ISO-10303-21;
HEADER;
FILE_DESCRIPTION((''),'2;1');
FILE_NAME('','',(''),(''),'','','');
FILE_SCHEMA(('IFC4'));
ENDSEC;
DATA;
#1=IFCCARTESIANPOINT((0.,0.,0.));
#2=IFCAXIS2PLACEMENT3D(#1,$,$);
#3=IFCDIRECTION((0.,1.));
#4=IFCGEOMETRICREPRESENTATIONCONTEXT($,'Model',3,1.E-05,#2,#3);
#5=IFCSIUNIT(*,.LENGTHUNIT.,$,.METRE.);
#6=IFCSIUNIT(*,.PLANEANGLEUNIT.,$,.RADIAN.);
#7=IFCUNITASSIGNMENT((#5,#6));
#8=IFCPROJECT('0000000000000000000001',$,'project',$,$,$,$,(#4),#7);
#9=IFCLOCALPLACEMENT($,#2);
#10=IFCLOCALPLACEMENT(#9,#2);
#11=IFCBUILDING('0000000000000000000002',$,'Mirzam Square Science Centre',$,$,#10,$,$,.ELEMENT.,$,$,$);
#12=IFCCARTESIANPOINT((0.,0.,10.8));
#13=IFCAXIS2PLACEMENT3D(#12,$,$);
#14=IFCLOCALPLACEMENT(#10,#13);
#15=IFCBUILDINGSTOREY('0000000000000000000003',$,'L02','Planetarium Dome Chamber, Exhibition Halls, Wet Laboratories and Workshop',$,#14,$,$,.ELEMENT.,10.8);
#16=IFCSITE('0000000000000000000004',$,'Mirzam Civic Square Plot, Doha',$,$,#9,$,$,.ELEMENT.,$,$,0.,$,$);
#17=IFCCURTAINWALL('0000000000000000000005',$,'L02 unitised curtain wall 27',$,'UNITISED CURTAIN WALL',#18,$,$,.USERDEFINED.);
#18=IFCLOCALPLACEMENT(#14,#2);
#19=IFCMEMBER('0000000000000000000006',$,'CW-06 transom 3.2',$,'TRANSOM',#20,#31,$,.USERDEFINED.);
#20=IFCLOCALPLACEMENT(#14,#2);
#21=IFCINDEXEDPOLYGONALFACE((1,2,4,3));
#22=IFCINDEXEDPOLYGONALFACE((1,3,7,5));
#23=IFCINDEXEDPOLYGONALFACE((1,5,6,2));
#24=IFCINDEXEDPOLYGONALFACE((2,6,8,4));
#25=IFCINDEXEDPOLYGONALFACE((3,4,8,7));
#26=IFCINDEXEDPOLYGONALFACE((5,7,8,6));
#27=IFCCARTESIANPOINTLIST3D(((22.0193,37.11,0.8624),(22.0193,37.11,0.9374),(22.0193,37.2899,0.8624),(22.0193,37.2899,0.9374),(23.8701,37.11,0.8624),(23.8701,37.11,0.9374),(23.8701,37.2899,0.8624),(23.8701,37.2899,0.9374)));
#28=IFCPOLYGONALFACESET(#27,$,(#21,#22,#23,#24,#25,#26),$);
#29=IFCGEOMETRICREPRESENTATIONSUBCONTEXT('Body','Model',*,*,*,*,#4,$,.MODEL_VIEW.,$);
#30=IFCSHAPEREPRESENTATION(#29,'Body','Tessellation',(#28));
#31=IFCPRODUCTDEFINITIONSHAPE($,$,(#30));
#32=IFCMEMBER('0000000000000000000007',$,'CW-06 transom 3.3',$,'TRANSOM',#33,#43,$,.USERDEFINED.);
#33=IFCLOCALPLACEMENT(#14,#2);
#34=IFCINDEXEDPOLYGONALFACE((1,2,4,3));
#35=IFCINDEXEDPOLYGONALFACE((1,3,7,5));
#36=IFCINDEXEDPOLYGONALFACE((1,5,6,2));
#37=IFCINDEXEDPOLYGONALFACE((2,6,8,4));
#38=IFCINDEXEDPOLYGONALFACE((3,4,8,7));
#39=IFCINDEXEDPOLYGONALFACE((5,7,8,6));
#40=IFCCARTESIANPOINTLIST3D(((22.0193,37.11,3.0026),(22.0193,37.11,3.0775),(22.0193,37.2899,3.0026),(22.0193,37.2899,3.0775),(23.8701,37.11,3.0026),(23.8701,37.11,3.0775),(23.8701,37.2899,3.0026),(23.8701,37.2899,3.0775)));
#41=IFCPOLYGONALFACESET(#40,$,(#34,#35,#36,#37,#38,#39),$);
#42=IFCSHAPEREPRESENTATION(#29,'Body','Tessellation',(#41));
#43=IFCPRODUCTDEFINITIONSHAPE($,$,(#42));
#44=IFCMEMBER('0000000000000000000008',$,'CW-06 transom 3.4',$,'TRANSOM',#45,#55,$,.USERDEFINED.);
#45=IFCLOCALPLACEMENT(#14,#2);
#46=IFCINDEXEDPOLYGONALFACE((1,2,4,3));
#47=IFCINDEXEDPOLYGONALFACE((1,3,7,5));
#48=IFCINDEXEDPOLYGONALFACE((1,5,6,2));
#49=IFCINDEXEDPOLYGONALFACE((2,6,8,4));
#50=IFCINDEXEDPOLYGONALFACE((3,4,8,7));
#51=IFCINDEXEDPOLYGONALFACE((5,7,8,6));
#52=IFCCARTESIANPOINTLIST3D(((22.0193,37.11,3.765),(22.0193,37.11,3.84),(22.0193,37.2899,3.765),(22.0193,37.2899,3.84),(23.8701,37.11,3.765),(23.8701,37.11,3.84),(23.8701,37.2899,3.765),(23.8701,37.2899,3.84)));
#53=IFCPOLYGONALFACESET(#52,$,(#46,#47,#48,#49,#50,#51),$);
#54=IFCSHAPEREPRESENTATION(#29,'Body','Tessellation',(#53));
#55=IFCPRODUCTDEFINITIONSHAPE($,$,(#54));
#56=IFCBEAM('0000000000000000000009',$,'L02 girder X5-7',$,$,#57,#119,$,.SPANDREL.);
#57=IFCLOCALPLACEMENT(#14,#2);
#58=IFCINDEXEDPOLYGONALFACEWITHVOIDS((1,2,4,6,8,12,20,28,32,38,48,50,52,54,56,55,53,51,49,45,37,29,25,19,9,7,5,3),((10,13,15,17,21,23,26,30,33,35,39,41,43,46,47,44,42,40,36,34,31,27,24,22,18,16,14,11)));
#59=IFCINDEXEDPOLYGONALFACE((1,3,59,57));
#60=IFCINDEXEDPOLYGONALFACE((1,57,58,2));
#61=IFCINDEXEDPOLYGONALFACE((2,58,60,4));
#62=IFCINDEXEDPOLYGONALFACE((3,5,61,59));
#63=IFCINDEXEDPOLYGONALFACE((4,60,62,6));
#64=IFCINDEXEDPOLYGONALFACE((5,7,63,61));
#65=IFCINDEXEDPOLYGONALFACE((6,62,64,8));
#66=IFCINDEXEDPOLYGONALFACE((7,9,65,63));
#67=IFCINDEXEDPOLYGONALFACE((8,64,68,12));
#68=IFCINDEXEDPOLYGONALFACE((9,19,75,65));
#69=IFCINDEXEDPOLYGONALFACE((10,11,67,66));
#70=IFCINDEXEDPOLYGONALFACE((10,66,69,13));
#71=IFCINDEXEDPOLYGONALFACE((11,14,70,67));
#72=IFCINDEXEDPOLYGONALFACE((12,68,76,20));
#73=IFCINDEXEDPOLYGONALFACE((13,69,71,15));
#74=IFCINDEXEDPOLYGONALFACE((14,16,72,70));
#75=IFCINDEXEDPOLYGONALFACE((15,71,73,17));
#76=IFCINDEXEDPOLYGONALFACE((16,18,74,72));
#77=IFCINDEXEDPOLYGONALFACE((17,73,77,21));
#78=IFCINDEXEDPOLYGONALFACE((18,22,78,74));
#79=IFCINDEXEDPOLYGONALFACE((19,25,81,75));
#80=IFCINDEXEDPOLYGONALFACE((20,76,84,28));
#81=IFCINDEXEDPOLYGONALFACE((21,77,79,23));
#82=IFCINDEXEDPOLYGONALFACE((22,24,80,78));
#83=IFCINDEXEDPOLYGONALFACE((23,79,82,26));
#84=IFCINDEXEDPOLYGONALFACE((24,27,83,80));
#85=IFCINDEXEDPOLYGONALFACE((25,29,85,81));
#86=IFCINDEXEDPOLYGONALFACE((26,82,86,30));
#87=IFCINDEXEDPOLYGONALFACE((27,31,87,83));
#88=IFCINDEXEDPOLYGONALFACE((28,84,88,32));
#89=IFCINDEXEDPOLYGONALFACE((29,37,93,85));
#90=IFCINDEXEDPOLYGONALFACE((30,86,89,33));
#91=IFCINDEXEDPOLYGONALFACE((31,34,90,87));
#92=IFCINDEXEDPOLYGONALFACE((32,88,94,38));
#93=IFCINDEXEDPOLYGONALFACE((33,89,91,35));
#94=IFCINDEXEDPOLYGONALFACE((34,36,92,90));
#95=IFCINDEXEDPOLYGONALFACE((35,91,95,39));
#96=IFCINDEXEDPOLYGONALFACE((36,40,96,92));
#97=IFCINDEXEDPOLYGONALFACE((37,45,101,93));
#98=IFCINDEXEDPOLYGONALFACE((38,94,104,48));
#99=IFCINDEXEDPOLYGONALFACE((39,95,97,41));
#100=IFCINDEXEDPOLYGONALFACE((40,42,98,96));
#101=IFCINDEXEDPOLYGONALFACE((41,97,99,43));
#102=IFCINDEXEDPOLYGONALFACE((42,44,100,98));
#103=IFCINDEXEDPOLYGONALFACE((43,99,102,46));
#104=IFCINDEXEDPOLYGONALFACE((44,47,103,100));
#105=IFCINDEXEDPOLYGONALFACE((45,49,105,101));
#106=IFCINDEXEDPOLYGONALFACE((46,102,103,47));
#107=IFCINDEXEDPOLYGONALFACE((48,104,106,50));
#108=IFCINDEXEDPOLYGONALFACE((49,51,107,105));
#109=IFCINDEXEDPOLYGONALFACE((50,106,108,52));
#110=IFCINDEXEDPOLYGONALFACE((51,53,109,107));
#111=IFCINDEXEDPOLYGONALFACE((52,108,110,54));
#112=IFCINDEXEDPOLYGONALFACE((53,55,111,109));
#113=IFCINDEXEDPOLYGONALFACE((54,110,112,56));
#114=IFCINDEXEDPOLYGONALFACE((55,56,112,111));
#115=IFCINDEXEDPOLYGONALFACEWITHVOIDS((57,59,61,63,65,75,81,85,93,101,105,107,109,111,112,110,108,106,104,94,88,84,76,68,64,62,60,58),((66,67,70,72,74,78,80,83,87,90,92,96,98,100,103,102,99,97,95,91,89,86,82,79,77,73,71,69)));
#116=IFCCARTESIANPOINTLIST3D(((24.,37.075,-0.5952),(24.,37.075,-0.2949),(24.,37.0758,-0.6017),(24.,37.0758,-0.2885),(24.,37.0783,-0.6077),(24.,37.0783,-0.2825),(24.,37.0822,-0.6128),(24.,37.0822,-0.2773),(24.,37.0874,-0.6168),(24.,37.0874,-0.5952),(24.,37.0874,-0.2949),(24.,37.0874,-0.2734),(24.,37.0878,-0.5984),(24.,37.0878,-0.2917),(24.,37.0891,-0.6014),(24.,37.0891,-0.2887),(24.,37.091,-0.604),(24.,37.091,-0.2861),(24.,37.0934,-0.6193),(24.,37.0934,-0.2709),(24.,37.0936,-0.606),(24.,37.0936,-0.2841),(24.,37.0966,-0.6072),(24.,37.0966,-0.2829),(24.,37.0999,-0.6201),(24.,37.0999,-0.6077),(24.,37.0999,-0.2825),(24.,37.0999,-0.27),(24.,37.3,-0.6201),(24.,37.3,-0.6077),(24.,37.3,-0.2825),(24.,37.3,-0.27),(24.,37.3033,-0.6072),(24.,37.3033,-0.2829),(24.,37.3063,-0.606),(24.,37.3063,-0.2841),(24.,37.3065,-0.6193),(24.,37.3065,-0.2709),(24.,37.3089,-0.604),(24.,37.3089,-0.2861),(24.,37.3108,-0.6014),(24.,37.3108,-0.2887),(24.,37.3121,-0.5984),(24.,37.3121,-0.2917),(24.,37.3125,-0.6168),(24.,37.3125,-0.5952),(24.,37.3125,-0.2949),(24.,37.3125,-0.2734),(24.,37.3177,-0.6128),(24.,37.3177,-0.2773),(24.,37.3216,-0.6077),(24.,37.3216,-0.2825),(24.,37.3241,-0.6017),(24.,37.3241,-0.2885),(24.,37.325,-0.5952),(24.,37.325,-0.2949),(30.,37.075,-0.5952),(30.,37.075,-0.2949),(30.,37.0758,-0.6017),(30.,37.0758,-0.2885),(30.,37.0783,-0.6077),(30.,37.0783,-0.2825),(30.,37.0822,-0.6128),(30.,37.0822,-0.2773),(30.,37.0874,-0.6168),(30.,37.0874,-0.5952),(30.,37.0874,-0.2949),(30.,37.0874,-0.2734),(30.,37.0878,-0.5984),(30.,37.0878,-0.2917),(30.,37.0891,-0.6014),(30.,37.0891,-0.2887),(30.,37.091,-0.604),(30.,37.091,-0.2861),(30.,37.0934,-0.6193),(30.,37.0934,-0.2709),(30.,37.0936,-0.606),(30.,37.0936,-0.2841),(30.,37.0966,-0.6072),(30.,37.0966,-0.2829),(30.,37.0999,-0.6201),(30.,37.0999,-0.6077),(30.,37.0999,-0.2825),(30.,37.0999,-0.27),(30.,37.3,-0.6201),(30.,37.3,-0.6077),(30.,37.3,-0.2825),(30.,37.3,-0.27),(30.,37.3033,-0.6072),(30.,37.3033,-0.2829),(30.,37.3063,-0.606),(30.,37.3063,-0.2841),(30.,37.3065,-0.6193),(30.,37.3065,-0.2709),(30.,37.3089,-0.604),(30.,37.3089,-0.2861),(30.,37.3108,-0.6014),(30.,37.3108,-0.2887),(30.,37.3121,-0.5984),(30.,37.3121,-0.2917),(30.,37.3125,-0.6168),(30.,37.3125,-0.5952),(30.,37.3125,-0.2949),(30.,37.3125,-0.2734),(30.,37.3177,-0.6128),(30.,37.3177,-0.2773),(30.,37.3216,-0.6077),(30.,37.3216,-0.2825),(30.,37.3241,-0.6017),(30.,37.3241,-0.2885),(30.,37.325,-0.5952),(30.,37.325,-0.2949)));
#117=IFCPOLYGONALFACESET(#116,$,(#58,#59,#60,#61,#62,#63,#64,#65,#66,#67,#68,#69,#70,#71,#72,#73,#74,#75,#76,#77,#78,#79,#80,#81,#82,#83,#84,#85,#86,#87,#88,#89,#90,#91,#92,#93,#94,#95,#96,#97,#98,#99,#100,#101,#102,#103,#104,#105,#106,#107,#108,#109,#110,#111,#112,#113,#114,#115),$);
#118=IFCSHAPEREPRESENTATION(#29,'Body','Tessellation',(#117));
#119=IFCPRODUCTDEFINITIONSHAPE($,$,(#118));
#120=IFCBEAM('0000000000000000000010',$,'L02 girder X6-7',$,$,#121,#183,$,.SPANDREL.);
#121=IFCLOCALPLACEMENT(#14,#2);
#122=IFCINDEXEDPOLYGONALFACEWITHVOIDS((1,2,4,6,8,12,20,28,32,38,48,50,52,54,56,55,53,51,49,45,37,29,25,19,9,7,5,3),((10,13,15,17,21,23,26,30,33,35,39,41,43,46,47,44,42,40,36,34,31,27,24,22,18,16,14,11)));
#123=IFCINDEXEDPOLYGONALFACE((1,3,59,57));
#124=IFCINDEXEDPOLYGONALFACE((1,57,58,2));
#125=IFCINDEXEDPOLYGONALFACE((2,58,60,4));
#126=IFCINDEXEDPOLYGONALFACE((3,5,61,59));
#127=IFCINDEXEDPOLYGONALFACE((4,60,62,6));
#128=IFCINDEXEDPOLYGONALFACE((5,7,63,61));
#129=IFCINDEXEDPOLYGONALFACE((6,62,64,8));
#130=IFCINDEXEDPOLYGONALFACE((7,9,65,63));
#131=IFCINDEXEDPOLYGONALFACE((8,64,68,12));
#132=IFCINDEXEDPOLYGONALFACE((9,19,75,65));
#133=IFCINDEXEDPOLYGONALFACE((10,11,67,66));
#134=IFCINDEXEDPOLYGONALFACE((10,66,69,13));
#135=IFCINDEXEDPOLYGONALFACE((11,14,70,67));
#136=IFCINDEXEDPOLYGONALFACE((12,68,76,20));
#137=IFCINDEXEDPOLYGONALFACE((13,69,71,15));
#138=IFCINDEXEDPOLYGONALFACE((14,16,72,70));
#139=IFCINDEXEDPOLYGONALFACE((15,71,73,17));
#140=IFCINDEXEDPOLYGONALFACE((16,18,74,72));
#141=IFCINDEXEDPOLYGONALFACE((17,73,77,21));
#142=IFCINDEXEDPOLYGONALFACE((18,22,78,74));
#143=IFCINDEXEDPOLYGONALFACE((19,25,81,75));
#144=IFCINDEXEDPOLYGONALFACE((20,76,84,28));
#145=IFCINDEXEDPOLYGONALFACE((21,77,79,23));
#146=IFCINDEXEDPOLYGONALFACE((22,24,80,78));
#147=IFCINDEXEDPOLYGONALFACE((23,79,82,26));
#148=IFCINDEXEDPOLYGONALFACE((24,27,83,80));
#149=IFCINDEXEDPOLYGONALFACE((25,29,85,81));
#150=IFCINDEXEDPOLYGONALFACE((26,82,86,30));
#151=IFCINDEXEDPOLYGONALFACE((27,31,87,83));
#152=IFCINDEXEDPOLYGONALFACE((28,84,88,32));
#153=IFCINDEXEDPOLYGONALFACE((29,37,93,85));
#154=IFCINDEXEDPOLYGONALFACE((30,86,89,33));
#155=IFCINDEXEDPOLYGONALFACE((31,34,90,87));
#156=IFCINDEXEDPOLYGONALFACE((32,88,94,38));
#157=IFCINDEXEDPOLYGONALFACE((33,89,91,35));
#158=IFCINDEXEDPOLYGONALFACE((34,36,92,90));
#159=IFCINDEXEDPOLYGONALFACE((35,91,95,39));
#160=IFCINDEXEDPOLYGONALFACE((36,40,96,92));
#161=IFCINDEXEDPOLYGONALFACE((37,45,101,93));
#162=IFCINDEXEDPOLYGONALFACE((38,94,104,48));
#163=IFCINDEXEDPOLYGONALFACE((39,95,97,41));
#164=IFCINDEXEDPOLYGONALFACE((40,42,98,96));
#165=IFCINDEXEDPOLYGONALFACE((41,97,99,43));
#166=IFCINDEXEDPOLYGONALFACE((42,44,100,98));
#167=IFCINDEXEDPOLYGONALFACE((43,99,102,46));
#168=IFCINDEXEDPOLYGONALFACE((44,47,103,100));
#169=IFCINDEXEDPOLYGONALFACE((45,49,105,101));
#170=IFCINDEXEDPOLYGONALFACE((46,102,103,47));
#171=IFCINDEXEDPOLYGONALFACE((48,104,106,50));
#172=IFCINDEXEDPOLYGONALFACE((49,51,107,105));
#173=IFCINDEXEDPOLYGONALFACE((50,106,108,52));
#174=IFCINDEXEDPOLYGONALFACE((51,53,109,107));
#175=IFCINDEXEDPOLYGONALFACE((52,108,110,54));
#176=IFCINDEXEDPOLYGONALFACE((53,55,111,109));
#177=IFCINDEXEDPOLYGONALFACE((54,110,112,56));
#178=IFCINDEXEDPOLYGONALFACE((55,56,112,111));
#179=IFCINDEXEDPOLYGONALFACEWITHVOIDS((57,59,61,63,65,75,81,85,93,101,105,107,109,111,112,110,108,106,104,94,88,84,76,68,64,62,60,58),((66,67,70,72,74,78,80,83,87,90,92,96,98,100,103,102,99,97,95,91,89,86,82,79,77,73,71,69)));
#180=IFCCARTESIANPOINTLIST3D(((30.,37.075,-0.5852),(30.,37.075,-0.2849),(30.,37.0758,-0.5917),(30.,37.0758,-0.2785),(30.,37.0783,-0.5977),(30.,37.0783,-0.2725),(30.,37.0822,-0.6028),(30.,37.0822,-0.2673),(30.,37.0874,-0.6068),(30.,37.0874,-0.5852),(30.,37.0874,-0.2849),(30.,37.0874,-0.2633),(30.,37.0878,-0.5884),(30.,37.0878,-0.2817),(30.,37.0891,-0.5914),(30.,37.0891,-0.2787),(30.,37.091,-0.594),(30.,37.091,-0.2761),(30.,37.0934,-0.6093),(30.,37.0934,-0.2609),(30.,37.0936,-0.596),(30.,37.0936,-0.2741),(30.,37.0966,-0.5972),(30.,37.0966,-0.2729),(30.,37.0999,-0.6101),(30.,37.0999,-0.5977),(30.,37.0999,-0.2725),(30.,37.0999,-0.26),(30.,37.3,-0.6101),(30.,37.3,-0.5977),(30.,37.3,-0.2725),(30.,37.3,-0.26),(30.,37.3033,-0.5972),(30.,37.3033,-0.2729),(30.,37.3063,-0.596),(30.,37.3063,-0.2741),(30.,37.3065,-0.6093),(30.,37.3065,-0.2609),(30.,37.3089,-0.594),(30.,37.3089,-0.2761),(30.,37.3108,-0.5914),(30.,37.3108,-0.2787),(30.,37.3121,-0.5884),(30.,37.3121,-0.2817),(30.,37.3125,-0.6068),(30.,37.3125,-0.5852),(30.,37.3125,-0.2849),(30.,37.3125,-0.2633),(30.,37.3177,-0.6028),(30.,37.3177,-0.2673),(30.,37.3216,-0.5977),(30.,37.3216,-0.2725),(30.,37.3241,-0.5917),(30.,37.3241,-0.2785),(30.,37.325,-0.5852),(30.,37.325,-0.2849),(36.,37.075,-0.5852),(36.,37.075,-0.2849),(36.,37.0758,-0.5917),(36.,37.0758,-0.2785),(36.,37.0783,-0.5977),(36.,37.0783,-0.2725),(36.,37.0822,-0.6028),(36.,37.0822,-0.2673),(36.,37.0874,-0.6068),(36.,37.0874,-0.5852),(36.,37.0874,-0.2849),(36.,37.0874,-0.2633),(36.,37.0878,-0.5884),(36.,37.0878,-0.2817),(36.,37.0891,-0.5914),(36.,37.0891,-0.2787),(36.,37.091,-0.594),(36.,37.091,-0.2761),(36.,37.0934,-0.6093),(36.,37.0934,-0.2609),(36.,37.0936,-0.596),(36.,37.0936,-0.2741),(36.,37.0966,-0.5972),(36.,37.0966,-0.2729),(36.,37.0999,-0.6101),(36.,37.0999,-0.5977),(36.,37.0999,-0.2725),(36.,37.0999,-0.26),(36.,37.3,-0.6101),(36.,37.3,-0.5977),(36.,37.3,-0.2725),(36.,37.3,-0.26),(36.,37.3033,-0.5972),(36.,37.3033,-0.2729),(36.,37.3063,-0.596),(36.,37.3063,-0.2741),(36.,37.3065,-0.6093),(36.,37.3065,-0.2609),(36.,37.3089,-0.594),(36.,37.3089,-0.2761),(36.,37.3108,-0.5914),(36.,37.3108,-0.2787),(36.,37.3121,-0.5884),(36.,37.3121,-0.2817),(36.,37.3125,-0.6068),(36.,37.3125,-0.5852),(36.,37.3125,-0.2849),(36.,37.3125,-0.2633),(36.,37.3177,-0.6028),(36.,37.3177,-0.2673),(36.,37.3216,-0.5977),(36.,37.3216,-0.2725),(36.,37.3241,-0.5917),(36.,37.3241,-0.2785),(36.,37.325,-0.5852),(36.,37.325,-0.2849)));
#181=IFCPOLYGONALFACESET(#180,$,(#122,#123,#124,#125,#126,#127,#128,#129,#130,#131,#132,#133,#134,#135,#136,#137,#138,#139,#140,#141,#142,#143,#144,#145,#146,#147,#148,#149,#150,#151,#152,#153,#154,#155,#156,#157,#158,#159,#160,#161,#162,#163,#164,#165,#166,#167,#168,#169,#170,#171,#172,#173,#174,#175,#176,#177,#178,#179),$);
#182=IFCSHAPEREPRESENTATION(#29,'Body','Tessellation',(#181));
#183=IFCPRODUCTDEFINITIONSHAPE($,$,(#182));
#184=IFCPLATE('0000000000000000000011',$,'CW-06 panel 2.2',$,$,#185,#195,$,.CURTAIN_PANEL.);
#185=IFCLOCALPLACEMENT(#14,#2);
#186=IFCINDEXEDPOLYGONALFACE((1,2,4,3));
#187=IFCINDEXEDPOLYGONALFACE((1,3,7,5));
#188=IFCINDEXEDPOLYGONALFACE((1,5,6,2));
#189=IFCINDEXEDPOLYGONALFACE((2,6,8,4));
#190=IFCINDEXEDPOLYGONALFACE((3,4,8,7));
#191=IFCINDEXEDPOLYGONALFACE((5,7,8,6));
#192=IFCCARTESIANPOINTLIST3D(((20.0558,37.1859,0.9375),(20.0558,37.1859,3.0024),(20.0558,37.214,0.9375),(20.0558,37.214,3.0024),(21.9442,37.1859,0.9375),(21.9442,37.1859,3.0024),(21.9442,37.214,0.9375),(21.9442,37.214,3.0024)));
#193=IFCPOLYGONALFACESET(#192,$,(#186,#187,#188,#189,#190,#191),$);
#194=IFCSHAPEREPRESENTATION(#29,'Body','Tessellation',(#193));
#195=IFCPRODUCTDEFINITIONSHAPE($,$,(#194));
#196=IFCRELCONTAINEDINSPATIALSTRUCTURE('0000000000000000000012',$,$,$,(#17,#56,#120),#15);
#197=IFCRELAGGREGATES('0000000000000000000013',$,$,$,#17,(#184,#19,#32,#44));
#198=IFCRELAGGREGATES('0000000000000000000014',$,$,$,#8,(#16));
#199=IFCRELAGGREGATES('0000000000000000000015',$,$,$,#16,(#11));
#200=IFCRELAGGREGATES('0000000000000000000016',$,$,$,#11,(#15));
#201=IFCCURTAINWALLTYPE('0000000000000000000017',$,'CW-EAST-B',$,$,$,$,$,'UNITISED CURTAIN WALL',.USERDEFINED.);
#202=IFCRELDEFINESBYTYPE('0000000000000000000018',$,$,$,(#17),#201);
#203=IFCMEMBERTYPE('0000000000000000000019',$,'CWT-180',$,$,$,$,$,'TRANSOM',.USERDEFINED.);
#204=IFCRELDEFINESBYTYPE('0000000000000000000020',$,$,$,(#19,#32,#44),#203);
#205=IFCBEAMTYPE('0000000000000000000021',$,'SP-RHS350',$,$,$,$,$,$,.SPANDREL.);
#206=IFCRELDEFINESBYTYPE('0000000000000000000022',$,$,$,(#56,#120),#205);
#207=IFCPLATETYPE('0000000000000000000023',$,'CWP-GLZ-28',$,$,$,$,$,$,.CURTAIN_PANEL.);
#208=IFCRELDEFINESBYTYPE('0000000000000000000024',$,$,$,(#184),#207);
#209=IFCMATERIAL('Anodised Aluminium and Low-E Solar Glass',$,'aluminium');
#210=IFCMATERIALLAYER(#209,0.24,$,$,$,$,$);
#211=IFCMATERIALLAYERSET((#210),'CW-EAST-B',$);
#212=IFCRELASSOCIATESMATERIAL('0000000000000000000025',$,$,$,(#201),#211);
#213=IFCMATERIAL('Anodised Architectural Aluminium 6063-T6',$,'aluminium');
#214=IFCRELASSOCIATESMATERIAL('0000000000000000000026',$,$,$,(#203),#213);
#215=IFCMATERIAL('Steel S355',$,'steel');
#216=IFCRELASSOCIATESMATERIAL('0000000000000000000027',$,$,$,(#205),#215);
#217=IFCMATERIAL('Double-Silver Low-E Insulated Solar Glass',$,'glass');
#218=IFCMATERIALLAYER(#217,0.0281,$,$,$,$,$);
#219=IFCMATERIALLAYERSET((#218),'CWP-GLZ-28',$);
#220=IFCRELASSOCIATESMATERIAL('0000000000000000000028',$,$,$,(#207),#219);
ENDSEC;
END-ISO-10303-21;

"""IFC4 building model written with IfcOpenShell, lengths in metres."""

from ifc_helpers import new_model, si_unit, direction, frame, origin, origin_2d, place, context, subcontext, project, spatial, rectangle, hollow_rectangle, extrude, material, layer, layer_set, material_profile, profile_set, type_object, element, aggregate, save


model = new_model("IFC4")

# Units and contexts
model_context = context("Model", 3, precision=1e-05, world=origin(), true_north=direction((0.0, 1.0)))
body_context = subcontext(model_context, "Body", "Model", "MODEL_VIEW")
ifc_project = project(units=[si_unit("LENGTHUNIT", "METRE"), si_unit("PLANEANGLEUNIT", "RADIAN")], contexts=[model_context])

# Site, building, storey
site_placement = place(None, origin())
site = spatial("IfcSite", under=ifc_project, at=site_placement, Name="Mirzam Civic Square Plot, Doha", CompositionType="ELEMENT", RefElevation=0.0)
building_placement = place(site_placement, origin())
building = spatial("IfcBuilding", under=site, at=building_placement, Name="Mirzam Square Science Centre", CompositionType="ELEMENT")
storey_placement = place(building_placement, frame((0.0, 0.0, 10.8)))
storey = spatial("IfcBuildingStorey", under=building, at=storey_placement, Name="L02", Description="Planetarium Dome Chamber, Exhibition Halls, Wet Laboratories and Workshop", CompositionType="ELEMENT", Elevation=10.8)

# Shared definitions
ifc_material_1 = material(Name="Steel S355", Category="steel")

# Curtain wall
ifc_material_2 = material(Name="Anodised Aluminium and Low-E Solar Glass", Category="aluminium")
ifc_material_3 = material(Name="Anodised Architectural Aluminium 6063-T6", Category="aluminium")
ifc_layer_1 = layer(ifc_material_2, 0.24)
ifc_layer_set_1 = layer_set([ifc_layer_1], Name="CW-EAST-B")
curtain_wall_type_1 = type_object("IfcCurtainWallType", Name="CW-EAST-B", ElementType="UNITISED CURTAIN WALL", PredefinedType="USERDEFINED", material=ifc_layer_set_1)
curtain_wall_1_placement = place(storey_placement, origin())
curtain_wall_1 = element("IfcCurtainWall", 1, at=curtain_wall_1_placement, inside=storey, type_object=curtain_wall_type_1, Name="L02 unitised curtain wall 27", ObjectType="UNITISED CURTAIN WALL", PredefinedType="USERDEFINED")

# Members
ifc_material_profile_1 = material_profile(ifc_material_3, rectangle(XDim=0.1799, YDim=0.075, at=origin_2d()), Name="ALU-TRAN-180x75x5")
ifc_profile_set_1 = profile_set([ifc_material_profile_1], Name="Anodised Architectural Aluminium 6063-T6")
member_type_1 = type_object("IfcMemberType", Name="CWT-180", ElementType="TRANSOM", PredefinedType="USERDEFINED", material=ifc_profile_set_1)
member_1_placement = place(storey_placement, frame((22.0193, 37.2, 0.8999), z_axis=(1.0, 0.0, 0.0), x_axis=(0.0, 1.0, 0.0)))
member_1 = element("IfcMember", 2, at=member_1_placement, type_object=member_type_1, Name="CW-06 transom 3.2", ObjectType="TRANSOM", PredefinedType="USERDEFINED", context=body_context, shape_type="SweptSolid", body=[
    extrude(rectangle(XDim=0.1799, YDim=0.075, at=origin_2d()), origin(), (0.0, 0.0, 1.0), 1.8508),
])
member_2_placement = place(storey_placement, frame((22.0193, 37.2, 3.04), z_axis=(1.0, 0.0, 0.0), x_axis=(0.0, 1.0, 0.0)))
member_2 = element("IfcMember", 3, at=member_2_placement, type_object=member_type_1, Name="CW-06 transom 3.3", ObjectType="TRANSOM", PredefinedType="USERDEFINED", context=body_context, shape_type="SweptSolid", body=[
    extrude(rectangle(XDim=0.1799, YDim=0.075, at=origin_2d()), origin(), (0.0, 0.0, 1.0), 1.8508),
])
member_3_placement = place(storey_placement, frame((22.0193, 37.2, 3.8025), z_axis=(1.0, 0.0, 0.0), x_axis=(0.0, 1.0, 0.0)))
member_3 = element("IfcMember", 4, at=member_3_placement, type_object=member_type_1, Name="CW-06 transom 3.4", ObjectType="TRANSOM", PredefinedType="USERDEFINED", context=body_context, shape_type="SweptSolid", body=[
    extrude(rectangle(XDim=0.1799, YDim=0.075, at=origin_2d()), origin(), (0.0, 0.0, 1.0), 1.8508),
])

# Beams
ifc_material_profile_2 = material_profile(ifc_material_1, hollow_rectangle(XDim=0.25, YDim=0.3501, WallThickness=0.0125, InnerFilletRadius=0.0125, OuterFilletRadius=0.0249, at=origin_2d()), Name="350x250x12.5RHS")
ifc_profile_set_2 = profile_set([ifc_material_profile_2], Name="Steel S355")
beam_type_1 = type_object("IfcBeamType", Name="SP-RHS350", PredefinedType="SPANDREL", material=ifc_profile_set_2)
for number, where, z_axis, x_axis, name in (
    (5, (24.0, 37.2, -0.4451), (1.0, 0.0, 0.0), (0.0, 1.0, 0.0), "L02 girder X5-7"),
    (6, (30.0, 37.2, -0.4351), (1.0, 0.0, 0.0), (0.0, 1.0, 0.0), "L02 girder X6-7"),
):
    element("IfcBeam", number, at=place(storey_placement, frame(where, z_axis=z_axis, x_axis=x_axis)), inside=storey, type_object=beam_type_1, Name=name, PredefinedType="SPANDREL", context=body_context, shape_type="SweptSolid", body=[
        extrude(hollow_rectangle(XDim=0.25, YDim=0.3501, WallThickness=0.0125, InnerFilletRadius=0.0125, OuterFilletRadius=0.0249, at=origin_2d()), origin(), (0.0, 0.0, 1.0), 6.0),
    ])

# Plate
ifc_material_4 = material(Name="Double-Silver Low-E Insulated Solar Glass", Category="glass")
ifc_layer_2 = layer(ifc_material_4, 0.0281)
ifc_layer_set_2 = layer_set([ifc_layer_2], Name="CWP-GLZ-28")
plate_type_1 = type_object("IfcPlateType", Name="CWP-GLZ-28", PredefinedType="CURTAIN_PANEL", material=ifc_layer_set_2)
plate_1_placement = place(storey_placement, frame((21.0, 37.2, 0.9375), z_axis=(0.0, 0.0, 1.0), x_axis=(1.0, 0.0, 0.0)))
plate_1 = element("IfcPlate", 7, at=plate_1_placement, type_object=plate_type_1, Name="CW-06 panel 2.2", PredefinedType="CURTAIN_PANEL", context=body_context, shape_type="SweptSolid", body=[
    extrude(rectangle(XDim=1.8884, YDim=0.0281, at=origin_2d()), origin(), (0.0, 0.0, 1.0), 2.0649),
])
aggregate(curtain_wall_1, [plate_1, member_1, member_2, member_3])

save(model, "model.ifc")
